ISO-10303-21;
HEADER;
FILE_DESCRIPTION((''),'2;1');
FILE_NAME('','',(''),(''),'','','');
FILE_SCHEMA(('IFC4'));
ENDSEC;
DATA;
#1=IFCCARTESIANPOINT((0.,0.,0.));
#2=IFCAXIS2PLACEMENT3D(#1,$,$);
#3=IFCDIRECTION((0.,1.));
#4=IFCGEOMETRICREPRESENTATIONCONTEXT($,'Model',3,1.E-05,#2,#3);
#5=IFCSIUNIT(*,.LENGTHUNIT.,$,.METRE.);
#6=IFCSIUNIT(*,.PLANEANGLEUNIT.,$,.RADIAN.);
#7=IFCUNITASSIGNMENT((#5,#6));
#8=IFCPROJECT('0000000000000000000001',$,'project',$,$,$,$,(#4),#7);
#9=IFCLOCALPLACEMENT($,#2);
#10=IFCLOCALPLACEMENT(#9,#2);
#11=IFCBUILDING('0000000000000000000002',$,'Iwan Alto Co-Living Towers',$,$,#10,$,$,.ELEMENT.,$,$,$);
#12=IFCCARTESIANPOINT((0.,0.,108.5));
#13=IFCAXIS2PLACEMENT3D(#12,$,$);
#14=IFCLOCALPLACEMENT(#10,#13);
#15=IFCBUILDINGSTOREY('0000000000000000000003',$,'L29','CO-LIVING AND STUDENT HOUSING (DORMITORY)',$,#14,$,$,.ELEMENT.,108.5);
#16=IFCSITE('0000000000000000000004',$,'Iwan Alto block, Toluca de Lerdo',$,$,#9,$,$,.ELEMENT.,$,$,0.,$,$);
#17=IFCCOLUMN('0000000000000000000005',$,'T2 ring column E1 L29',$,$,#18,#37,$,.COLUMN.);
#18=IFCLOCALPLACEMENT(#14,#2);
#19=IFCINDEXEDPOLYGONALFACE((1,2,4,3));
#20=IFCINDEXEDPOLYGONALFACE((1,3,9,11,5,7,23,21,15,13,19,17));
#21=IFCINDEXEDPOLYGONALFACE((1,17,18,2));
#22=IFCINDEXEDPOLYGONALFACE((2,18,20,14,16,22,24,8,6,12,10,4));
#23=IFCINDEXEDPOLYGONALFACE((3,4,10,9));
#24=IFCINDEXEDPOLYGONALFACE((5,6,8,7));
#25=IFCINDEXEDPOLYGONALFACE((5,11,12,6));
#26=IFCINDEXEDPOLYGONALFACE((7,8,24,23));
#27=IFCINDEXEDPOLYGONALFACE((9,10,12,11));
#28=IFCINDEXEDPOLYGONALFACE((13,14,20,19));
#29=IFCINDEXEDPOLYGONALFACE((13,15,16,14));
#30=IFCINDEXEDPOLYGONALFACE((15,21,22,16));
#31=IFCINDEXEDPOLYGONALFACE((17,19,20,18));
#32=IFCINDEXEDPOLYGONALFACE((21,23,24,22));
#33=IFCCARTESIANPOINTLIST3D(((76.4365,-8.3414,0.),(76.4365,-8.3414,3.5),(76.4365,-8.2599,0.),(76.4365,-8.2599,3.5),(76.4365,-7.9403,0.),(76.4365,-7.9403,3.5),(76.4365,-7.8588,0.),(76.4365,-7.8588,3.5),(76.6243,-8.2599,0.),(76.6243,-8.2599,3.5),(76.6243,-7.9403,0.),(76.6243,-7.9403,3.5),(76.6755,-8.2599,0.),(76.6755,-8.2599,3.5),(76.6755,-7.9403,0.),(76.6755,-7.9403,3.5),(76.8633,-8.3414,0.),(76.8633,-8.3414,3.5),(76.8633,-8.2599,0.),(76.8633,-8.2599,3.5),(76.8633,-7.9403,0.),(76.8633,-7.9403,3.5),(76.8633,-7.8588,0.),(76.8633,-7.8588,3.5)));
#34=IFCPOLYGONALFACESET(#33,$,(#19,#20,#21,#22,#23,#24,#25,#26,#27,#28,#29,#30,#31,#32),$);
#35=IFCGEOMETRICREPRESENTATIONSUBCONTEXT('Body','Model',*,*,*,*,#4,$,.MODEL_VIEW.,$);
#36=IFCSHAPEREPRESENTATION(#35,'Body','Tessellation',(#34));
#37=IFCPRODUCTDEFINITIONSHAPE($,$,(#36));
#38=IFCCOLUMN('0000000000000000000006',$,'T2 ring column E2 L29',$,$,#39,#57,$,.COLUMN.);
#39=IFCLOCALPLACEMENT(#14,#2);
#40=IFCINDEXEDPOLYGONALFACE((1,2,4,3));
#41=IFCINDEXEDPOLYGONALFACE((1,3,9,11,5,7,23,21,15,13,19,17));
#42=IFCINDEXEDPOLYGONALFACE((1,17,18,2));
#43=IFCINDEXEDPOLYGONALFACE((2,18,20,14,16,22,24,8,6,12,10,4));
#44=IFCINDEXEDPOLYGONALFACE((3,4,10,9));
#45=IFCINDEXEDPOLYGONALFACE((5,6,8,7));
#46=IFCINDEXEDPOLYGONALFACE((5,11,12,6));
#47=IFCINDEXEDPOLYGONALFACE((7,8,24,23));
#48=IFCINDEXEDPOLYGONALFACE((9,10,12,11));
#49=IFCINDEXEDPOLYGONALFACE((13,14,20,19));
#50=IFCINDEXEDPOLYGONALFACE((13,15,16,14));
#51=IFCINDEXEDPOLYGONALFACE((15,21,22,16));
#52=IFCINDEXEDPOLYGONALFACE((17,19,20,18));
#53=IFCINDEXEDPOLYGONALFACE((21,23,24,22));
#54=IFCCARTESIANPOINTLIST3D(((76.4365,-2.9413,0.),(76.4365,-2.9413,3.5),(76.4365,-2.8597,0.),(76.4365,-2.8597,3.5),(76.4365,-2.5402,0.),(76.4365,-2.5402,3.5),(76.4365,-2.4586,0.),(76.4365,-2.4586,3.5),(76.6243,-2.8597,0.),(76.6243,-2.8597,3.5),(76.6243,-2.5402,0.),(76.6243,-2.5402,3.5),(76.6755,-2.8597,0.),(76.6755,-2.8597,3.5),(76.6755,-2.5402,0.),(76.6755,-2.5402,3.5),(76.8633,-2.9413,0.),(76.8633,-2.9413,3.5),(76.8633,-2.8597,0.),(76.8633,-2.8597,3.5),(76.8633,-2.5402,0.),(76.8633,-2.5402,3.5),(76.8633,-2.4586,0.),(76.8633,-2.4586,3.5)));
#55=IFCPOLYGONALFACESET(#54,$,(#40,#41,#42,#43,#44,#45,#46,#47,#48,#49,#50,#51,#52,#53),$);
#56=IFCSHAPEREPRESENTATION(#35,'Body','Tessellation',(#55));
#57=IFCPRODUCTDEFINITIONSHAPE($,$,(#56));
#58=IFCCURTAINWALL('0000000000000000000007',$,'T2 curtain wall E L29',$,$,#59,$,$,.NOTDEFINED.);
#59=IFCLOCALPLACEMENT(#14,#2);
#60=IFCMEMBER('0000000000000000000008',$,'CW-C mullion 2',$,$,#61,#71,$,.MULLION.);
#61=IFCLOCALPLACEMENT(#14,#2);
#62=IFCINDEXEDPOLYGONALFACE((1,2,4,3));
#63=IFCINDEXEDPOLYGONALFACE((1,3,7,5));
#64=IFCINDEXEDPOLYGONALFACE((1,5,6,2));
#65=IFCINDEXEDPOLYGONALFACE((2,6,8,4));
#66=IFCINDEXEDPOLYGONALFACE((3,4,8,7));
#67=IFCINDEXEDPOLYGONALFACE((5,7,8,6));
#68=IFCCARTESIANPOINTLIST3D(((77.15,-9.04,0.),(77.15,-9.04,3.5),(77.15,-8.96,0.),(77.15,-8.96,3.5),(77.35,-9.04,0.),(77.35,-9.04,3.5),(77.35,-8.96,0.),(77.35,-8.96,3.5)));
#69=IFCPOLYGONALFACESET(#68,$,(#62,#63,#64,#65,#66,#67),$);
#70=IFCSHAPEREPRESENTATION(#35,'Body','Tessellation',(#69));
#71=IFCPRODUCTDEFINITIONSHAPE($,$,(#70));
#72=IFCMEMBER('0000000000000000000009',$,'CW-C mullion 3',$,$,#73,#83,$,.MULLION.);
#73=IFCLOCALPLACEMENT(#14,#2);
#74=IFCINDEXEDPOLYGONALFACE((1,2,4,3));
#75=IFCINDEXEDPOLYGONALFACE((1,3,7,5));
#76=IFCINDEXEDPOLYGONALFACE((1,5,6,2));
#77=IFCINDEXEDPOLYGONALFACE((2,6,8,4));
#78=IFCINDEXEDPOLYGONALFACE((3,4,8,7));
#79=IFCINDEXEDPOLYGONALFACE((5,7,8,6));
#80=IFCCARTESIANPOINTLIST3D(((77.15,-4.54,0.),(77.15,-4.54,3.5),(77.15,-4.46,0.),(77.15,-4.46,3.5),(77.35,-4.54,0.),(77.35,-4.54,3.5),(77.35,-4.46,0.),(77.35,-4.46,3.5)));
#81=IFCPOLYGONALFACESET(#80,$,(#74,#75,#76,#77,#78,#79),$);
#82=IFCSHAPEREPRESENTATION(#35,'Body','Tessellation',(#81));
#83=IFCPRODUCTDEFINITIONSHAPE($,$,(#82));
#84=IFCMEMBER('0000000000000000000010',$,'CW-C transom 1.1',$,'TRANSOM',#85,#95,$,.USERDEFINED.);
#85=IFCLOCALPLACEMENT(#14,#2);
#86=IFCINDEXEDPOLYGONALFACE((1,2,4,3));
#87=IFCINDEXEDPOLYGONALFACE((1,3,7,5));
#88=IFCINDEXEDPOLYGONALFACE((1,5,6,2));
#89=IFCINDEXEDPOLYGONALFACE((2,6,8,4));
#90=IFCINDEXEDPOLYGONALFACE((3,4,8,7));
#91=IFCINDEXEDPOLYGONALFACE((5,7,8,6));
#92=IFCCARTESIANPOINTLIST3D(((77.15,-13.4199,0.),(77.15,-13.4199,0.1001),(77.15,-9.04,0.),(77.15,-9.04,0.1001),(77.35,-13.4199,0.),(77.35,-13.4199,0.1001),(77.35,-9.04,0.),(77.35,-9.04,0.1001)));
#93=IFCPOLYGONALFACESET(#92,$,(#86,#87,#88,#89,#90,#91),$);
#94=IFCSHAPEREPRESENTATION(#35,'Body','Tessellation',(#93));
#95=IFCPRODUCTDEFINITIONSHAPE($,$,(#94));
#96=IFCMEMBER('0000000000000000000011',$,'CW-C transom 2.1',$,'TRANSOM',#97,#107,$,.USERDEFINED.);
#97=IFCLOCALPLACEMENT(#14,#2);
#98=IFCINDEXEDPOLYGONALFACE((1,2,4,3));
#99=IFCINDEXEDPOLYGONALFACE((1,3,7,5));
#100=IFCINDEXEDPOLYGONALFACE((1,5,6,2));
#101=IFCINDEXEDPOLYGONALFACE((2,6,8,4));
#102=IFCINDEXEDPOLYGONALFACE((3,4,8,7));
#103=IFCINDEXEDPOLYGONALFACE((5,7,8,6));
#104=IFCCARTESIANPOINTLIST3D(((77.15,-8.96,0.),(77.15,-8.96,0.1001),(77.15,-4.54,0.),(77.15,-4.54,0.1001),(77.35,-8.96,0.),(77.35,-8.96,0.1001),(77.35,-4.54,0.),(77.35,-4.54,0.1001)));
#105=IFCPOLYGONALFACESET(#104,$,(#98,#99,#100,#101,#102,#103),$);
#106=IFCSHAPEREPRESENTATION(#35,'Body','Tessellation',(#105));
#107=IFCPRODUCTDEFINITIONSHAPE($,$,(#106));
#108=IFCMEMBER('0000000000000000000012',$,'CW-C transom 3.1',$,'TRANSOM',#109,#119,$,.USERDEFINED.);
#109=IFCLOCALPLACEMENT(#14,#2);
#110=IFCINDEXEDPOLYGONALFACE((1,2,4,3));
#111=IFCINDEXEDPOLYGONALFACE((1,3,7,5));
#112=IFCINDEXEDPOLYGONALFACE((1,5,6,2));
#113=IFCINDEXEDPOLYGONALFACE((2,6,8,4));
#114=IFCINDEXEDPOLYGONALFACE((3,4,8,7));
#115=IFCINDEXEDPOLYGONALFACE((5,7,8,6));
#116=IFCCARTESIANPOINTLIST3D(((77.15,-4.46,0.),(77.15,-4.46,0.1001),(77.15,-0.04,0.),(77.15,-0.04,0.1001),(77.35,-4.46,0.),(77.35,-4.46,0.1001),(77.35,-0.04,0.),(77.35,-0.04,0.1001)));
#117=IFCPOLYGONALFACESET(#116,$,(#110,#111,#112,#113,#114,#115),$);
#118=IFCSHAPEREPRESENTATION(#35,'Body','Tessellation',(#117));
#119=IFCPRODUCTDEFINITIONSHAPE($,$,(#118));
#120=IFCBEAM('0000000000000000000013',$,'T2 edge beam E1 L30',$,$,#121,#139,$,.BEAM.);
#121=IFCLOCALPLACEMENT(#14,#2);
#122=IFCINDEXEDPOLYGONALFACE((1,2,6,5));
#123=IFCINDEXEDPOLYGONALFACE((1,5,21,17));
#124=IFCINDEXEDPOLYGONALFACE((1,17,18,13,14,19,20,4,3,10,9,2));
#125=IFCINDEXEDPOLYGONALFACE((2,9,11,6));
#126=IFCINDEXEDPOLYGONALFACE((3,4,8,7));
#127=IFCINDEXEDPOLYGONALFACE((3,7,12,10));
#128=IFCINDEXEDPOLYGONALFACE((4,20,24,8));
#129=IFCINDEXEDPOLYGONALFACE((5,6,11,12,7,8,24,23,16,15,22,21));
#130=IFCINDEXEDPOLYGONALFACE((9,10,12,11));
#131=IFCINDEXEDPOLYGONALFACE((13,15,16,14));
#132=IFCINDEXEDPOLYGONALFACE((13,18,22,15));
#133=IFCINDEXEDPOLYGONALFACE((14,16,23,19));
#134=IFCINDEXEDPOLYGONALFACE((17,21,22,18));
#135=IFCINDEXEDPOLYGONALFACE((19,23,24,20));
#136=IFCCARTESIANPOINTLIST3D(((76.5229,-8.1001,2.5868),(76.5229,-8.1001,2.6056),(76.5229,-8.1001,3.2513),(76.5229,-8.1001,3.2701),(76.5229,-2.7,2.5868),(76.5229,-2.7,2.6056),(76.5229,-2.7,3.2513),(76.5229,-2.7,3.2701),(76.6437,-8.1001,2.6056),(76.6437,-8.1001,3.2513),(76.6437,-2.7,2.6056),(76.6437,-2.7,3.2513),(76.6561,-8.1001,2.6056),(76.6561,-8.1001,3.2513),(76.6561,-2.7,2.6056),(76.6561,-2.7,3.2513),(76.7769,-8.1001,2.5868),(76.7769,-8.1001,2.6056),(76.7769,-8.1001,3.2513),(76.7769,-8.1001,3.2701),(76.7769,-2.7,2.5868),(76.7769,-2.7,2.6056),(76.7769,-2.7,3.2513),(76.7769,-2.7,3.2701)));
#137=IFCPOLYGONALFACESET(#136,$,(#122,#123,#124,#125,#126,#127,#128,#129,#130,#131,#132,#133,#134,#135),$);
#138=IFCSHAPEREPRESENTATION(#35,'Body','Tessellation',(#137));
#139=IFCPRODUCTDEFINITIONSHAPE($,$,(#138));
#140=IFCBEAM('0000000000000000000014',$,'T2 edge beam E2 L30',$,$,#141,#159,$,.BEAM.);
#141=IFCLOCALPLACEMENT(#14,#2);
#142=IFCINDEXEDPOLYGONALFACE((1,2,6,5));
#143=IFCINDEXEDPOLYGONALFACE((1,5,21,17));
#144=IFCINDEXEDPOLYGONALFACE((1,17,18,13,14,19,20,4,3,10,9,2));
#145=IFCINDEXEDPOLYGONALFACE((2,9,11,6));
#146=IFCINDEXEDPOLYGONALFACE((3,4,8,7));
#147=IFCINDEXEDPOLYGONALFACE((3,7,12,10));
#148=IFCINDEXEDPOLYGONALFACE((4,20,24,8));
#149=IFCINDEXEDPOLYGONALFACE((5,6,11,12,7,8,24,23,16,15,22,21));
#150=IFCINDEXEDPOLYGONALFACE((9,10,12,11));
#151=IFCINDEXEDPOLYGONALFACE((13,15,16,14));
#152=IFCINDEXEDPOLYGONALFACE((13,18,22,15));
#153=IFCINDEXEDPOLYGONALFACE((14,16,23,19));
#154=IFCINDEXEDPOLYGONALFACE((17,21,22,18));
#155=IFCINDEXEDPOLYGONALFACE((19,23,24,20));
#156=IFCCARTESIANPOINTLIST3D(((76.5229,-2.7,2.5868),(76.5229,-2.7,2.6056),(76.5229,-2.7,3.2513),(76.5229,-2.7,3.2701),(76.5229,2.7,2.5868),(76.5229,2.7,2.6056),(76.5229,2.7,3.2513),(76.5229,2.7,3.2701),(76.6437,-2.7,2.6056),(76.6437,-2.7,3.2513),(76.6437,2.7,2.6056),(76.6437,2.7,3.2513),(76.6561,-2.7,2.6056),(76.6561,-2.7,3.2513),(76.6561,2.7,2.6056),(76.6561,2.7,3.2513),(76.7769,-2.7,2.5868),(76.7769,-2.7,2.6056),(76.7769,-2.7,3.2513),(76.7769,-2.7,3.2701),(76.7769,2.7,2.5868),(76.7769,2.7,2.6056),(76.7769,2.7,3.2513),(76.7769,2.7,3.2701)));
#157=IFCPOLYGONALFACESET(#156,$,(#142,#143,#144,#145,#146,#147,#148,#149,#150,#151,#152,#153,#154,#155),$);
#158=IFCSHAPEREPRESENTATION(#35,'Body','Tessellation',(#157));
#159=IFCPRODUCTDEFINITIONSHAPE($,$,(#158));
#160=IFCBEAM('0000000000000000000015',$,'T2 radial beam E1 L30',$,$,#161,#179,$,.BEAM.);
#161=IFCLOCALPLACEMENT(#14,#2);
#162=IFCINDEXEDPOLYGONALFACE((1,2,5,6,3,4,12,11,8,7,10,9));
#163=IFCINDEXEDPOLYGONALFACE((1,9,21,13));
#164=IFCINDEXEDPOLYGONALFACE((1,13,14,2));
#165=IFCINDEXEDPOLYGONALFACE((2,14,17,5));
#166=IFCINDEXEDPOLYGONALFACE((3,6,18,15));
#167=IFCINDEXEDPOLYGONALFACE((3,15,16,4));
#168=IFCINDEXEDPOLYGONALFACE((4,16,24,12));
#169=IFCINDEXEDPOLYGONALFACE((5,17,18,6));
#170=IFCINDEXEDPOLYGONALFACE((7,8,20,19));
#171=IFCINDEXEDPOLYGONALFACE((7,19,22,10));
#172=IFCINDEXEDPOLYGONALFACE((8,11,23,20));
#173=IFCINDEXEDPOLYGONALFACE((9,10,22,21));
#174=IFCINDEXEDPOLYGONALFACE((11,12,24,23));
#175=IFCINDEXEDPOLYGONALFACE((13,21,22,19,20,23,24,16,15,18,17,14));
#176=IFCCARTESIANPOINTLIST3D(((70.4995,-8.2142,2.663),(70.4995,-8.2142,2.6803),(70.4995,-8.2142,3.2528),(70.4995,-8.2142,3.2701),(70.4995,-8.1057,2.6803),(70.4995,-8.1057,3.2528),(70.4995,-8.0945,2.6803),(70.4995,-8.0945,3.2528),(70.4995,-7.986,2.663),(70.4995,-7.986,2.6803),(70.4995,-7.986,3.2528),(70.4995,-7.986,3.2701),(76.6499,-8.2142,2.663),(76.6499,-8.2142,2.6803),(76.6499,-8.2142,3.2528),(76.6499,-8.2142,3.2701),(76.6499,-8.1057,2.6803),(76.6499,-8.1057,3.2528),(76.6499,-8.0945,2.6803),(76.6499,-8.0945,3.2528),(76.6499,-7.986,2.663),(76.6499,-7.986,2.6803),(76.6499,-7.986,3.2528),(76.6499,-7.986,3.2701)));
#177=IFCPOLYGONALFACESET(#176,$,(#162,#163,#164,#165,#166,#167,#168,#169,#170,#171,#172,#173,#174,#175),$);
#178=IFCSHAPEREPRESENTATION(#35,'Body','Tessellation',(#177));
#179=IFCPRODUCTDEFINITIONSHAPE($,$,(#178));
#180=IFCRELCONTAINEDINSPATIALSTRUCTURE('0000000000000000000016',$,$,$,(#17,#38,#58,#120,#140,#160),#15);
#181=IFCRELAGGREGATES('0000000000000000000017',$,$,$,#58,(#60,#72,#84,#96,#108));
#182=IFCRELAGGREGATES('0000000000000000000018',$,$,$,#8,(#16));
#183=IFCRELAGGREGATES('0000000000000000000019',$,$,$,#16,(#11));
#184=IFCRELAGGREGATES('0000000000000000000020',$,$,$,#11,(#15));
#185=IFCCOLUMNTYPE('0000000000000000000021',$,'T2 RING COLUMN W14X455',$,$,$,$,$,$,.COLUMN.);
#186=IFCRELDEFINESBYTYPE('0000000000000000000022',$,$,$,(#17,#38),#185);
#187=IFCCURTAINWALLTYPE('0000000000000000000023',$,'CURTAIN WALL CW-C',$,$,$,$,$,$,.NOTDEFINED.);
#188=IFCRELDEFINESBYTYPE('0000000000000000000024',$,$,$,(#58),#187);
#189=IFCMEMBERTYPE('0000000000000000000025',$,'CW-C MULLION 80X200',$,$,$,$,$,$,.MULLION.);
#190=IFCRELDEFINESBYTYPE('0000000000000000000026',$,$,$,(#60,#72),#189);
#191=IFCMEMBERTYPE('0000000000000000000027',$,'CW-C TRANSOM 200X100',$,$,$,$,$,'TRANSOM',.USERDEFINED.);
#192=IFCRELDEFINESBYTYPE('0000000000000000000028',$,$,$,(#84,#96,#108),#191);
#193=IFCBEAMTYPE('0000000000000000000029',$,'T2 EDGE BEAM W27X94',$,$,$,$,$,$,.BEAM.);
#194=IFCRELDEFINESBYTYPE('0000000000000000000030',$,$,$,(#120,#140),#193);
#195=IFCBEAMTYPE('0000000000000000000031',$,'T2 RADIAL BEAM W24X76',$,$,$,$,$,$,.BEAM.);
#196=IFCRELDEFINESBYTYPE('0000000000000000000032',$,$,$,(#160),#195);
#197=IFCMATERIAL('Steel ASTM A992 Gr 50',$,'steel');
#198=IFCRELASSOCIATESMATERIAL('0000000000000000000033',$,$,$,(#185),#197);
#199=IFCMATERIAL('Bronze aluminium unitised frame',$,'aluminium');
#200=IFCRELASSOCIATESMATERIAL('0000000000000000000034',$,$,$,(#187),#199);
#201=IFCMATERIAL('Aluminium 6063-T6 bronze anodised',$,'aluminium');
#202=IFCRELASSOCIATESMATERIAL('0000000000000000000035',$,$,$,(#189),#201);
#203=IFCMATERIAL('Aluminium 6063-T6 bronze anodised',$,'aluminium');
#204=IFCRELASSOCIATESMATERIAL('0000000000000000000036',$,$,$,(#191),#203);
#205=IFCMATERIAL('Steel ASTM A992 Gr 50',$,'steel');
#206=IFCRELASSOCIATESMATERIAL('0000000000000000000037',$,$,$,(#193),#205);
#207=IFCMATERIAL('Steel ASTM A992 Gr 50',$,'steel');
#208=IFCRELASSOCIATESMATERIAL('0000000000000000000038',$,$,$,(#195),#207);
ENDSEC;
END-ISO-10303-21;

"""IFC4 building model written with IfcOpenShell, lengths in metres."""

from ifc_helpers import new_model, si_unit, direction, frame, origin, origin_2d, place, context, subcontext, project, spatial, rectangle, i_section, extrude, material, material_profile, profile_set, type_object, element, aggregate, save


model = new_model("IFC4")

# Units and contexts
model_context = context("Model", 3, precision=1e-05, world=origin(), true_north=direction((0.0, 1.0)))
body_context = subcontext(model_context, "Body", "Model", "MODEL_VIEW")
ifc_project = project(units=[si_unit("LENGTHUNIT", "METRE"), si_unit("PLANEANGLEUNIT", "RADIAN")], contexts=[model_context])

# Site, building, storey
site_placement = place(None, origin())
site = spatial("IfcSite", under=ifc_project, at=site_placement, Name="Iwan Alto block, Toluca de Lerdo", CompositionType="ELEMENT", RefElevation=0.0)
building_placement = place(site_placement, origin())
building = spatial("IfcBuilding", under=site, at=building_placement, Name="Iwan Alto Co-Living Towers", CompositionType="ELEMENT")
storey_placement = place(building_placement, frame((0.0, 0.0, 108.5)))
storey = spatial("IfcBuildingStorey", under=building, at=storey_placement, Name="L29", Description="CO-LIVING AND STUDENT HOUSING (DORMITORY)", CompositionType="ELEMENT", Elevation=108.5)

# Columns
ifc_material_1 = material(Name="Steel ASTM A992 Gr 50", Category="steel")
ifc_material_profile_1 = material_profile(ifc_material_1, i_section(OverallWidth=0.4268, OverallDepth=0.4827, WebThickness=0.0513, FlangeThickness=0.0815, at=origin_2d()), Name="W14X455")
ifc_profile_set_1 = profile_set([ifc_material_profile_1], Name="Steel ASTM A992 Gr 50")
column_type = type_object("IfcColumnType", Name="T2 RING COLUMN W14X455", PredefinedType="COLUMN", material=ifc_profile_set_1)
for number, where, z_axis, x_axis, name in (
    (1, (76.6499, -8.1001, 0.0), (0.0, 0.0, 1.0), (1.0, 0.0, 0.0), "T2 ring column E1 L29"),
    (2, (76.6499, -2.7, 0.0), (0.0, 0.0, 1.0), (1.0, 0.0, 0.0), "T2 ring column E2 L29"),
):
    element("IfcColumn", number, at=place(storey_placement, frame(where, z_axis=z_axis, x_axis=x_axis)), inside=storey, type_object=column_type, Name=name, PredefinedType="COLUMN", context=body_context, shape_type="SweptSolid", body=[
        extrude(i_section(OverallWidth=0.4268, OverallDepth=0.4827, WebThickness=0.0513, FlangeThickness=0.0815, at=origin_2d()), origin(), (0.0, 0.0, 1.0), 3.5),
    ])

# Curtain wall, members
ifc_material_2 = material(Name="Bronze aluminium unitised frame", Category="aluminium")
curtain_wall_type = type_object("IfcCurtainWallType", Name="CURTAIN WALL CW-C", PredefinedType="NOTDEFINED", material=ifc_material_2)
curtain_wall_placement = place(storey_placement, origin())
curtain_wall = element("IfcCurtainWall", 3, at=curtain_wall_placement, inside=storey, type_object=curtain_wall_type, Name="T2 curtain wall E L29", PredefinedType="NOTDEFINED")
ifc_material_3 = material(Name="Aluminium 6063-T6 bronze anodised", Category="aluminium")
ifc_material_profile_2 = material_profile(ifc_material_3, rectangle(XDim=0.2, YDim=0.0801, at=origin_2d()), Name="AL 80X200")
ifc_profile_set_2 = profile_set([ifc_material_profile_2], Name="Aluminium 6063-T6 bronze anodised")
member_type_1 = type_object("IfcMemberType", Name="CW-C MULLION 80X200", PredefinedType="MULLION", material=ifc_profile_set_2)
member_1_placement = place(storey_placement, frame((77.25, -9.0, 0.0), z_axis=(0.0, 0.0, 1.0), x_axis=(-1.0, 0.0, 0.0)))
member_1 = element("IfcMember", 4, at=member_1_placement, type_object=member_type_1, Name="CW-C mullion 2", PredefinedType="MULLION", context=body_context, shape_type="SweptSolid", body=[
    extrude(rectangle(XDim=0.2, YDim=0.0801, at=origin_2d()), origin(), (0.0, 0.0, 1.0), 3.5),
])
member_2_placement = place(storey_placement, frame((77.25, -4.5, 0.0), z_axis=(0.0, 0.0, 1.0), x_axis=(-1.0, 0.0, 0.0)))
member_2 = element("IfcMember", 5, at=member_2_placement, type_object=member_type_1, Name="CW-C mullion 3", PredefinedType="MULLION", context=body_context, shape_type="SweptSolid", body=[
    extrude(rectangle(XDim=0.2, YDim=0.0801, at=origin_2d()), origin(), (0.0, 0.0, 1.0), 3.5),
])
ifc_material_4 = material(Name="Aluminium 6063-T6 bronze anodised", Category="aluminium")
ifc_material_profile_3 = material_profile(ifc_material_4, rectangle(XDim=0.2, YDim=0.1001, at=origin_2d()), Name="AL 200X100")
ifc_profile_set_3 = profile_set([ifc_material_profile_3], Name="Aluminium 6063-T6 bronze anodised")
member_type_2 = type_object("IfcMemberType", Name="CW-C TRANSOM 200X100", ElementType="TRANSOM", PredefinedType="USERDEFINED", material=ifc_profile_set_3)
member_3_placement = place(storey_placement, frame((77.25, -13.4199, 0.05), z_axis=(0.0, 1.0, 0.0), x_axis=(-1.0, 0.0, 0.0)))
member_3 = element("IfcMember", 6, at=member_3_placement, type_object=member_type_2, Name="CW-C transom 1.1", ObjectType="TRANSOM", PredefinedType="USERDEFINED", context=body_context, shape_type="SweptSolid", body=[
    extrude(rectangle(XDim=0.2, YDim=0.1001, at=origin_2d()), origin(), (0.0, 0.0, 1.0), 4.3799),
])
member_4_placement = place(storey_placement, frame((77.25, -8.96, 0.05), z_axis=(0.0, 1.0, 0.0), x_axis=(-1.0, 0.0, 0.0)))
member_4 = element("IfcMember", 7, at=member_4_placement, type_object=member_type_2, Name="CW-C transom 2.1", ObjectType="TRANSOM", PredefinedType="USERDEFINED", context=body_context, shape_type="SweptSolid", body=[
    extrude(rectangle(XDim=0.2, YDim=0.1001, at=origin_2d()), origin(), (0.0, 0.0, 1.0), 4.4199),
])
member_5_placement = place(storey_placement, frame((77.25, -4.46, 0.05), z_axis=(0.0, 1.0, 0.0), x_axis=(-1.0, 0.0, 0.0)))
member_5 = element("IfcMember", 8, at=member_5_placement, type_object=member_type_2, Name="CW-C transom 3.1", ObjectType="TRANSOM", PredefinedType="USERDEFINED", context=body_context, shape_type="SweptSolid", body=[
    extrude(rectangle(XDim=0.2, YDim=0.1001, at=origin_2d()), origin(), (0.0, 0.0, 1.0), 4.4199),
])

# Beams
ifc_material_5 = material(Name="Steel ASTM A992 Gr 50", Category="steel")
ifc_material_profile_4 = material_profile(ifc_material_5, i_section(OverallWidth=0.2539, OverallDepth=0.6833, WebThickness=0.0125, FlangeThickness=0.0188, at=origin_2d()), Name="W27X94")
ifc_profile_set_4 = profile_set([ifc_material_profile_4], Name="Steel ASTM A992 Gr 50")
beam_type_1 = type_object("IfcBeamType", Name="T2 EDGE BEAM W27X94", PredefinedType="BEAM", material=ifc_profile_set_4)
beam_1_placement = place(storey_placement, frame((76.6499, -8.1001, 2.9285), z_axis=(0.0, 1.0, 0.0), x_axis=(-1.0, 0.0, 0.0)))
element("IfcBeam", 9, at=beam_1_placement, inside=storey, type_object=beam_type_1, Name="T2 edge beam E1 L30", PredefinedType="BEAM", context=body_context, shape_type="SweptSolid", body=[
    extrude(i_section(OverallWidth=0.2539, OverallDepth=0.6833, WebThickness=0.0125, FlangeThickness=0.0188, at=origin_2d()), origin(), (0.0, 0.0, 1.0), 5.4001),
])
beam_2_placement = place(storey_placement, frame((76.6499, -2.7, 2.9285), z_axis=(0.0, 1.0, 0.0), x_axis=(-1.0, 0.0, 0.0)))
element("IfcBeam", 10, at=beam_2_placement, inside=storey, type_object=beam_type_1, Name="T2 edge beam E2 L30", PredefinedType="BEAM", context=body_context, shape_type="SweptSolid", body=[
    extrude(i_section(OverallWidth=0.2539, OverallDepth=0.6833, WebThickness=0.0125, FlangeThickness=0.0188, at=origin_2d()), origin(), (0.0, 0.0, 1.0), 5.3999),
])
ifc_material_6 = material(Name="Steel ASTM A992 Gr 50", Category="steel")
ifc_material_profile_5 = material_profile(ifc_material_6, i_section(OverallWidth=0.2283, OverallDepth=0.6072, WebThickness=0.0112, FlangeThickness=0.0173, at=origin_2d()), Name="W24X76")
ifc_profile_set_5 = profile_set([ifc_material_profile_5], Name="Steel ASTM A992 Gr 50")
beam_type_2 = type_object("IfcBeamType", Name="T2 RADIAL BEAM W24X76", PredefinedType="BEAM", material=ifc_profile_set_5)
for number, where, z_axis, x_axis, name in (
    (11, (76.6499, -8.1001, 2.9666), (-1.0, 0.0, 0.0), (0.0, -1.0, 0.0), "T2 radial beam E1 L30"),
):
    element("IfcBeam", number, at=place(storey_placement, frame(where, z_axis=z_axis, x_axis=x_axis)), inside=storey, type_object=beam_type_2, Name=name, PredefinedType="BEAM", context=body_context, shape_type="SweptSolid", body=[
        extrude(i_section(OverallWidth=0.2283, OverallDepth=0.6072, WebThickness=0.0112, FlangeThickness=0.0173, at=origin_2d()), origin(), (0.0, 0.0, 1.0), 6.1504),
    ])

aggregate(curtain_wall, [member_1, member_2, member_3, member_4, member_5])

save(model, "model.ifc")
